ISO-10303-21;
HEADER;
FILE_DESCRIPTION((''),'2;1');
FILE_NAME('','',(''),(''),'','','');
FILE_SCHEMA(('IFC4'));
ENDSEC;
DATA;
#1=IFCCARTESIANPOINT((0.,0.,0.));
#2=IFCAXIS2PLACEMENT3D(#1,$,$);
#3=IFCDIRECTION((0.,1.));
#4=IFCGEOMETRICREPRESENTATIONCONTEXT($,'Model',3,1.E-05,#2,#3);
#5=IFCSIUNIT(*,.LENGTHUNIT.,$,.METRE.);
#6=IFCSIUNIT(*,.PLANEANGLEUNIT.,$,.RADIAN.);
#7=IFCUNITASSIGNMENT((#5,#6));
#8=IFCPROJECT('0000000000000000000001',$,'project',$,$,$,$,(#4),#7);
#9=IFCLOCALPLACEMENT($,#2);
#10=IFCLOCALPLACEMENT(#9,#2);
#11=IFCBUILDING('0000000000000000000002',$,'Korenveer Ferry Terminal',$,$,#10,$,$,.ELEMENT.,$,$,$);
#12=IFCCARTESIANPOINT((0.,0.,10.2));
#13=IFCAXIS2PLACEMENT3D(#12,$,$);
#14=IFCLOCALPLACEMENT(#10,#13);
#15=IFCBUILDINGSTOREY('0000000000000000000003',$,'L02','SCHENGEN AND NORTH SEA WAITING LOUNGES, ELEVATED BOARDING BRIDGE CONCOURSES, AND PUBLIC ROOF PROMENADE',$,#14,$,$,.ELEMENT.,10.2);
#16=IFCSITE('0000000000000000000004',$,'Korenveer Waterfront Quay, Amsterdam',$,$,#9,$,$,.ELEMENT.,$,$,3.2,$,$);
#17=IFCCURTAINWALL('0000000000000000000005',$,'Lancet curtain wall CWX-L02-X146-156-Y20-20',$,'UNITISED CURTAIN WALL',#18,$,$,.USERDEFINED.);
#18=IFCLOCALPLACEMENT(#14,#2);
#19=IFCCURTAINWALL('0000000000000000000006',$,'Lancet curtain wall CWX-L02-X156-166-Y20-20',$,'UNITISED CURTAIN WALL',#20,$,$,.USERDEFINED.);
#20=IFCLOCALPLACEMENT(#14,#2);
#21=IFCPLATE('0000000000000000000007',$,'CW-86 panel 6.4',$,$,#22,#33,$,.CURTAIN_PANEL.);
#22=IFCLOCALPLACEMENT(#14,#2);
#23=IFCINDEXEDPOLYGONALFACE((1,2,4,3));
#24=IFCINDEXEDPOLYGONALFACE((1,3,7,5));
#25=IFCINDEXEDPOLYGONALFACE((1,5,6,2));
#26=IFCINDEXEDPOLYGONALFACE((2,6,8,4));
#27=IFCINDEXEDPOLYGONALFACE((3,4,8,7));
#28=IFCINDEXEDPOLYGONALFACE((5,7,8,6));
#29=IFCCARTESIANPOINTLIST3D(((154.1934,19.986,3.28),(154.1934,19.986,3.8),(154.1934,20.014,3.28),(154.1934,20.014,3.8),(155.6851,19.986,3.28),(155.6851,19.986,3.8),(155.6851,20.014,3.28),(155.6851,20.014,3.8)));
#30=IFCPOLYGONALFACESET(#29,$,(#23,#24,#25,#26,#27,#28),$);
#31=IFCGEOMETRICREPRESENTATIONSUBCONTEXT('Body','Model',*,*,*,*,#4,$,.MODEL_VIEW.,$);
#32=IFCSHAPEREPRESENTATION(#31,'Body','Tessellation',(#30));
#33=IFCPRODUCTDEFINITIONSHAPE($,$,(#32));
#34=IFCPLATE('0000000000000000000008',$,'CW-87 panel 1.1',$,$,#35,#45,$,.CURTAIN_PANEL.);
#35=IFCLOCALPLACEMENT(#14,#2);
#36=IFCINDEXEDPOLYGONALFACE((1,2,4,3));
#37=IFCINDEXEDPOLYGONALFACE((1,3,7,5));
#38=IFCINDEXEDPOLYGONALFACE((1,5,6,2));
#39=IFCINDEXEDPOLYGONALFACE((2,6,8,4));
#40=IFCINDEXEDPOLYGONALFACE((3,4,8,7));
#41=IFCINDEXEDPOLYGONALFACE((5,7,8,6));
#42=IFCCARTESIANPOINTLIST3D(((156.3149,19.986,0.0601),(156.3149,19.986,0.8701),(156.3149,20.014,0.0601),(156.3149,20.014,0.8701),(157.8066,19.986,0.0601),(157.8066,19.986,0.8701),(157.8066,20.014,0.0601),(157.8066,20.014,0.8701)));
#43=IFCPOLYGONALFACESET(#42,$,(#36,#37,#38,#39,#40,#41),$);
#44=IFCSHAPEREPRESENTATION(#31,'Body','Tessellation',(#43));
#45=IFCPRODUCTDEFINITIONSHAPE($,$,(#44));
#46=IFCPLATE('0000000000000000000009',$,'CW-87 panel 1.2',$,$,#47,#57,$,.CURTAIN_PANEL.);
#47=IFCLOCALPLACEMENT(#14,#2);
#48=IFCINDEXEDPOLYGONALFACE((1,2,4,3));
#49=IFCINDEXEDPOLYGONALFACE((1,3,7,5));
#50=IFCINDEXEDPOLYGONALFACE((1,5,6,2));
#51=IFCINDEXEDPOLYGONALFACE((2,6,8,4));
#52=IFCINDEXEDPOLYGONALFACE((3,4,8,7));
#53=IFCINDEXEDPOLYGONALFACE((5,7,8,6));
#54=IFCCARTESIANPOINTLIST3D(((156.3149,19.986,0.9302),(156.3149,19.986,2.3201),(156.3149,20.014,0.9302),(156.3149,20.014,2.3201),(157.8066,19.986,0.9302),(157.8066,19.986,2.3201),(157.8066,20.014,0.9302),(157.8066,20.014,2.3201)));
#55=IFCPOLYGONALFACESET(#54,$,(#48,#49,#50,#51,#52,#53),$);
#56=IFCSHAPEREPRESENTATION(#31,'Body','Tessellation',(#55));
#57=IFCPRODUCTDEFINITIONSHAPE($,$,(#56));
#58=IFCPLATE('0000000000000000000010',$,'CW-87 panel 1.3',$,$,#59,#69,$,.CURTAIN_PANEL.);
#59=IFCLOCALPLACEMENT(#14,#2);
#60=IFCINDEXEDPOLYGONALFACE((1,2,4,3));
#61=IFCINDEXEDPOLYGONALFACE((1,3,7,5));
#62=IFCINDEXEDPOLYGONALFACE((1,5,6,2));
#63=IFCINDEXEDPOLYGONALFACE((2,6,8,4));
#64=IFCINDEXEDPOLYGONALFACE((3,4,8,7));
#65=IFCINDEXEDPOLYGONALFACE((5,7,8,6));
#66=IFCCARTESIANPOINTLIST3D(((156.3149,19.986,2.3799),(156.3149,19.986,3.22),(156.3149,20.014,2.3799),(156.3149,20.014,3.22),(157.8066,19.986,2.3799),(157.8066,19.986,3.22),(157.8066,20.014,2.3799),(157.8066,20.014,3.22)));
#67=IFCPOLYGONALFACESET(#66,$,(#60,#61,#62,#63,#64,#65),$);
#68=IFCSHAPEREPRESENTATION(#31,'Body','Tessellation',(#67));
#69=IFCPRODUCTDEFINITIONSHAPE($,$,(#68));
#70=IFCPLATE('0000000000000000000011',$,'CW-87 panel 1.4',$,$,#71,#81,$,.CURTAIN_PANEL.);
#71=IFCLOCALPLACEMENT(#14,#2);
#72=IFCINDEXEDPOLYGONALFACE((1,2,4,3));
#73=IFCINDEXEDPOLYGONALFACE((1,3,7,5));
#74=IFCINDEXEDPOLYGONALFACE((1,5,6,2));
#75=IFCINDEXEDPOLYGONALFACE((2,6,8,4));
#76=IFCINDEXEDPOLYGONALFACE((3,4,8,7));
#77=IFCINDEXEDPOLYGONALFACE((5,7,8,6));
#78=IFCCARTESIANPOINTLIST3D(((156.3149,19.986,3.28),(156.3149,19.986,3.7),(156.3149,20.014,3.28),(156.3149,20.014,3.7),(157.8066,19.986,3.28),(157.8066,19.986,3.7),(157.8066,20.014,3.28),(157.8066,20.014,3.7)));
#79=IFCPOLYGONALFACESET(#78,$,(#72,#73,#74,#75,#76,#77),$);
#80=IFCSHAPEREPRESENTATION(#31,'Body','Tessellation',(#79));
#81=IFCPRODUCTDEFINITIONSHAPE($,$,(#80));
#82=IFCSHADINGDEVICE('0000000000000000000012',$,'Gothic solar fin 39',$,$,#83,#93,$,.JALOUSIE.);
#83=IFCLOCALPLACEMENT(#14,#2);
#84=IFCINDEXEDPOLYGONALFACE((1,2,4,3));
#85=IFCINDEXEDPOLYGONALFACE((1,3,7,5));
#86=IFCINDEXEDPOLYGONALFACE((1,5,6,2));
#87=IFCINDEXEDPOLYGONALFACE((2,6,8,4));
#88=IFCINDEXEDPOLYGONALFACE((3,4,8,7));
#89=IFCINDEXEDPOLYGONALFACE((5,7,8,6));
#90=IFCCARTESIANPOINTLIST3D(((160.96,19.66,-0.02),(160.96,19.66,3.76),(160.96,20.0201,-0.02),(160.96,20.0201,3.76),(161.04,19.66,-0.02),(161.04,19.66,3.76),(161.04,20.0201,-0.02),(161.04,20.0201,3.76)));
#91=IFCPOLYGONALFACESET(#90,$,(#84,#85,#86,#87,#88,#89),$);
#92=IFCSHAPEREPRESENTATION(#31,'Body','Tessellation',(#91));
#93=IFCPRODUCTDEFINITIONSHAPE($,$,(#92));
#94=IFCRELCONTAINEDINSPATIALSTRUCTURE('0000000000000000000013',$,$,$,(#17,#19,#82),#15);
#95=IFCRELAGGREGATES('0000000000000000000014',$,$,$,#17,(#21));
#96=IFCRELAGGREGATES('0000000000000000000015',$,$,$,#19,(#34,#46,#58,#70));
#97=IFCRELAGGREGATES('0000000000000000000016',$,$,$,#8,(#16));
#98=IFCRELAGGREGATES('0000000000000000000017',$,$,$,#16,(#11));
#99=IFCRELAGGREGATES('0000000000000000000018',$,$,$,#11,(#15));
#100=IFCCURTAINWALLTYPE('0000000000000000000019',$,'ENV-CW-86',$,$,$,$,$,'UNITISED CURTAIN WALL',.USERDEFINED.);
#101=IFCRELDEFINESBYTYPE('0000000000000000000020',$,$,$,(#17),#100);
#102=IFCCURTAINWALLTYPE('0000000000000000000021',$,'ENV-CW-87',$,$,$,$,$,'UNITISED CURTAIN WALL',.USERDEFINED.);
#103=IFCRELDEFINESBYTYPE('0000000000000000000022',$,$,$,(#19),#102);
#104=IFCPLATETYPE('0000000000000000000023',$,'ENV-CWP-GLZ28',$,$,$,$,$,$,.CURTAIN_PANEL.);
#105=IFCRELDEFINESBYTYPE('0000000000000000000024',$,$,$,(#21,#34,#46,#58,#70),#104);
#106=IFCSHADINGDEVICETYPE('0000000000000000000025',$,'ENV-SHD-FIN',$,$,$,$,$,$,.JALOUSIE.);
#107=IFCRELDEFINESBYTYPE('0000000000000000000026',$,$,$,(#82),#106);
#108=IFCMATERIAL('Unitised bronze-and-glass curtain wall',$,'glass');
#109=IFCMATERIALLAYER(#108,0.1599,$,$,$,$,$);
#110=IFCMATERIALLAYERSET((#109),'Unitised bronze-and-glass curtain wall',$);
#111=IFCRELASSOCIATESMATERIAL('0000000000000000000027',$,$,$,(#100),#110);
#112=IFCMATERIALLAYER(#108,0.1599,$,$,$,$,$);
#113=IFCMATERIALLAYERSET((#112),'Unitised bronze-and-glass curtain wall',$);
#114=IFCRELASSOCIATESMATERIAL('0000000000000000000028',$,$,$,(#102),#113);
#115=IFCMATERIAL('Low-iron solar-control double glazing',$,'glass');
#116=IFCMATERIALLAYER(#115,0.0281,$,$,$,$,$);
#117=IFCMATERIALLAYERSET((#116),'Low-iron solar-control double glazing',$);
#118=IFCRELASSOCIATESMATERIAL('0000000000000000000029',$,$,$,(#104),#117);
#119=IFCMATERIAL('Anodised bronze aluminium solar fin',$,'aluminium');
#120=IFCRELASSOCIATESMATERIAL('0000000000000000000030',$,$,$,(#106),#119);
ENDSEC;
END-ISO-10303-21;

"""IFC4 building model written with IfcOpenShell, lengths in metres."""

from ifc_helpers import new_model, si_unit, direction, frame, origin, origin_2d, place, context, subcontext, project, spatial, rectangle, extrude, material, layer, layer_set, type_object, element, aggregate, save


model = new_model("IFC4")

# Units and contexts
model_context = context("Model", 3, precision=1e-05, world=origin(), true_north=direction((0.0, 1.0)))
body_context = subcontext(model_context, "Body", "Model", "MODEL_VIEW")
ifc_project = project(units=[si_unit("LENGTHUNIT", "METRE"), si_unit("PLANEANGLEUNIT", "RADIAN")], contexts=[model_context])

# Site, building, storey
site_placement = place(None, origin())
site = spatial("IfcSite", under=ifc_project, at=site_placement, Name="Korenveer Waterfront Quay, Amsterdam", CompositionType="ELEMENT", RefElevation=3.2)
building_placement = place(site_placement, origin())
building = spatial("IfcBuilding", under=site, at=building_placement, Name="Korenveer Ferry Terminal", CompositionType="ELEMENT")
storey_placement = place(building_placement, frame((0.0, 0.0, 10.2)))
storey = spatial("IfcBuildingStorey", under=building, at=storey_placement, Name="L02", Description="SCHENGEN AND NORTH SEA WAITING LOUNGES, ELEVATED BOARDING BRIDGE CONCOURSES, AND PUBLIC ROOF PROMENADE", CompositionType="ELEMENT", Elevation=10.2)

# Curtain walls
ifc_material_1 = material(Name="Unitised bronze-and-glass curtain wall", Category="glass")
ifc_layer_1 = layer(ifc_material_1, 0.1599)
ifc_layer_set_1 = layer_set([ifc_layer_1], Name="Unitised bronze-and-glass curtain wall")
curtain_wall_type_1 = type_object("IfcCurtainWallType", Name="ENV-CW-86", ElementType="UNITISED CURTAIN WALL", PredefinedType="USERDEFINED", material=ifc_layer_set_1)
curtain_wall_1_placement = place(storey_placement, frame((146.2549, 20.0, 0.0)))
curtain_wall_1 = element("IfcCurtainWall", 1, at=curtain_wall_1_placement, inside=storey, type_object=curtain_wall_type_1, Name="Lancet curtain wall CWX-L02-X146-156-Y20-20", ObjectType="UNITISED CURTAIN WALL", PredefinedType="USERDEFINED")
ifc_layer_2 = layer(ifc_material_1, 0.1599)
ifc_layer_set_2 = layer_set([ifc_layer_2], Name="Unitised bronze-and-glass curtain wall")
curtain_wall_type_2 = type_object("IfcCurtainWallType", Name="ENV-CW-87", ElementType="UNITISED CURTAIN WALL", PredefinedType="USERDEFINED", material=ifc_layer_set_2)
curtain_wall_2_placement = place(storey_placement, frame((156.2549, 20.0, 0.0)))
curtain_wall_2 = element("IfcCurtainWall", 2, at=curtain_wall_2_placement, inside=storey, type_object=curtain_wall_type_2, Name="Lancet curtain wall CWX-L02-X156-166-Y20-20", ObjectType="UNITISED CURTAIN WALL", PredefinedType="USERDEFINED")

# Plates
ifc_material_2 = material(Name="Low-iron solar-control double glazing", Category="glass")
ifc_layer_3 = layer(ifc_material_2, 0.0281)
ifc_layer_set_3 = layer_set([ifc_layer_3], Name="Low-iron solar-control double glazing")
plate_type = type_object("IfcPlateType", Name="ENV-CWP-GLZ28", PredefinedType="CURTAIN_PANEL", material=ifc_layer_set_3)
plate_1_placement = place(storey_placement, frame((154.9392, 20.0, 3.28), z_axis=(0.0, 0.0, 1.0), x_axis=(1.0, 0.0, 0.0)))
plate_1 = element("IfcPlate", 3, at=plate_1_placement, type_object=plate_type, Name="CW-86 panel 6.4", PredefinedType="CURTAIN_PANEL", context=body_context, shape_type="SweptSolid", body=[
    extrude(rectangle(XDim=1.4917, YDim=0.0281, at=origin_2d()), origin(), (0.0, 0.0, 1.0), 0.52),
])
aggregate(curtain_wall_1, [plate_1])
plate_2_placement = place(storey_placement, frame((157.0608, 20.0, 0.0601), z_axis=(0.0, 0.0, 1.0), x_axis=(1.0, 0.0, 0.0)))
plate_2 = element("IfcPlate", 4, at=plate_2_placement, type_object=plate_type, Name="CW-87 panel 1.1", PredefinedType="CURTAIN_PANEL", context=body_context, shape_type="SweptSolid", body=[
    extrude(rectangle(XDim=1.4917, YDim=0.0281, at=origin_2d()), origin(), (0.0, 0.0, 1.0), 0.8101),
])
plate_3_placement = place(storey_placement, frame((157.0608, 20.0, 0.9302), z_axis=(0.0, 0.0, 1.0), x_axis=(1.0, 0.0, 0.0)))
plate_3 = element("IfcPlate", 5, at=plate_3_placement, type_object=plate_type, Name="CW-87 panel 1.2", PredefinedType="CURTAIN_PANEL", context=body_context, shape_type="SweptSolid", body=[
    extrude(rectangle(XDim=1.4917, YDim=0.0281, at=origin_2d()), origin(), (0.0, 0.0, 1.0), 1.3899),
])
plate_4_placement = place(storey_placement, frame((157.0608, 20.0, 2.3799), z_axis=(0.0, 0.0, 1.0), x_axis=(1.0, 0.0, 0.0)))
plate_4 = element("IfcPlate", 6, at=plate_4_placement, type_object=plate_type, Name="CW-87 panel 1.3", PredefinedType="CURTAIN_PANEL", context=body_context, shape_type="SweptSolid", body=[
    extrude(rectangle(XDim=1.4917, YDim=0.0281, at=origin_2d()), origin(), (0.0, 0.0, 1.0), 0.8401),
])
plate_5_placement = place(storey_placement, frame((157.0608, 20.0, 3.28), z_axis=(0.0, 0.0, 1.0), x_axis=(1.0, 0.0, 0.0)))
plate_5 = element("IfcPlate", 7, at=plate_5_placement, type_object=plate_type, Name="CW-87 panel 1.4", PredefinedType="CURTAIN_PANEL", context=body_context, shape_type="SweptSolid", body=[
    extrude(rectangle(XDim=1.4917, YDim=0.0281, at=origin_2d()), origin(), (0.0, 0.0, 1.0), 0.4199),
])
aggregate(curtain_wall_2, [plate_2, plate_3, plate_4, plate_5])

# Shading device
ifc_material_3 = material(Name="Anodised bronze aluminium solar fin", Category="aluminium")
shading_device_type = type_object("IfcShadingDeviceType", Name="ENV-SHD-FIN", PredefinedType="JALOUSIE", material=ifc_material_3)
shading_device_placement = place(storey_placement, frame((161.0, 19.8401, -0.02), z_axis=(0.0, 0.0, 1.0), x_axis=(0.0, 1.0, 0.0)))
element("IfcShadingDevice", 8, at=shading_device_placement, inside=storey, type_object=shading_device_type, Name="Gothic solar fin 39", PredefinedType="JALOUSIE", context=body_context, shape_type="SweptSolid", body=[
    extrude(rectangle(XDim=0.3601, YDim=0.0801, at=origin_2d()), origin(), (0.0, 0.0, 1.0), 3.78),
])

save(model, "model.ifc")
